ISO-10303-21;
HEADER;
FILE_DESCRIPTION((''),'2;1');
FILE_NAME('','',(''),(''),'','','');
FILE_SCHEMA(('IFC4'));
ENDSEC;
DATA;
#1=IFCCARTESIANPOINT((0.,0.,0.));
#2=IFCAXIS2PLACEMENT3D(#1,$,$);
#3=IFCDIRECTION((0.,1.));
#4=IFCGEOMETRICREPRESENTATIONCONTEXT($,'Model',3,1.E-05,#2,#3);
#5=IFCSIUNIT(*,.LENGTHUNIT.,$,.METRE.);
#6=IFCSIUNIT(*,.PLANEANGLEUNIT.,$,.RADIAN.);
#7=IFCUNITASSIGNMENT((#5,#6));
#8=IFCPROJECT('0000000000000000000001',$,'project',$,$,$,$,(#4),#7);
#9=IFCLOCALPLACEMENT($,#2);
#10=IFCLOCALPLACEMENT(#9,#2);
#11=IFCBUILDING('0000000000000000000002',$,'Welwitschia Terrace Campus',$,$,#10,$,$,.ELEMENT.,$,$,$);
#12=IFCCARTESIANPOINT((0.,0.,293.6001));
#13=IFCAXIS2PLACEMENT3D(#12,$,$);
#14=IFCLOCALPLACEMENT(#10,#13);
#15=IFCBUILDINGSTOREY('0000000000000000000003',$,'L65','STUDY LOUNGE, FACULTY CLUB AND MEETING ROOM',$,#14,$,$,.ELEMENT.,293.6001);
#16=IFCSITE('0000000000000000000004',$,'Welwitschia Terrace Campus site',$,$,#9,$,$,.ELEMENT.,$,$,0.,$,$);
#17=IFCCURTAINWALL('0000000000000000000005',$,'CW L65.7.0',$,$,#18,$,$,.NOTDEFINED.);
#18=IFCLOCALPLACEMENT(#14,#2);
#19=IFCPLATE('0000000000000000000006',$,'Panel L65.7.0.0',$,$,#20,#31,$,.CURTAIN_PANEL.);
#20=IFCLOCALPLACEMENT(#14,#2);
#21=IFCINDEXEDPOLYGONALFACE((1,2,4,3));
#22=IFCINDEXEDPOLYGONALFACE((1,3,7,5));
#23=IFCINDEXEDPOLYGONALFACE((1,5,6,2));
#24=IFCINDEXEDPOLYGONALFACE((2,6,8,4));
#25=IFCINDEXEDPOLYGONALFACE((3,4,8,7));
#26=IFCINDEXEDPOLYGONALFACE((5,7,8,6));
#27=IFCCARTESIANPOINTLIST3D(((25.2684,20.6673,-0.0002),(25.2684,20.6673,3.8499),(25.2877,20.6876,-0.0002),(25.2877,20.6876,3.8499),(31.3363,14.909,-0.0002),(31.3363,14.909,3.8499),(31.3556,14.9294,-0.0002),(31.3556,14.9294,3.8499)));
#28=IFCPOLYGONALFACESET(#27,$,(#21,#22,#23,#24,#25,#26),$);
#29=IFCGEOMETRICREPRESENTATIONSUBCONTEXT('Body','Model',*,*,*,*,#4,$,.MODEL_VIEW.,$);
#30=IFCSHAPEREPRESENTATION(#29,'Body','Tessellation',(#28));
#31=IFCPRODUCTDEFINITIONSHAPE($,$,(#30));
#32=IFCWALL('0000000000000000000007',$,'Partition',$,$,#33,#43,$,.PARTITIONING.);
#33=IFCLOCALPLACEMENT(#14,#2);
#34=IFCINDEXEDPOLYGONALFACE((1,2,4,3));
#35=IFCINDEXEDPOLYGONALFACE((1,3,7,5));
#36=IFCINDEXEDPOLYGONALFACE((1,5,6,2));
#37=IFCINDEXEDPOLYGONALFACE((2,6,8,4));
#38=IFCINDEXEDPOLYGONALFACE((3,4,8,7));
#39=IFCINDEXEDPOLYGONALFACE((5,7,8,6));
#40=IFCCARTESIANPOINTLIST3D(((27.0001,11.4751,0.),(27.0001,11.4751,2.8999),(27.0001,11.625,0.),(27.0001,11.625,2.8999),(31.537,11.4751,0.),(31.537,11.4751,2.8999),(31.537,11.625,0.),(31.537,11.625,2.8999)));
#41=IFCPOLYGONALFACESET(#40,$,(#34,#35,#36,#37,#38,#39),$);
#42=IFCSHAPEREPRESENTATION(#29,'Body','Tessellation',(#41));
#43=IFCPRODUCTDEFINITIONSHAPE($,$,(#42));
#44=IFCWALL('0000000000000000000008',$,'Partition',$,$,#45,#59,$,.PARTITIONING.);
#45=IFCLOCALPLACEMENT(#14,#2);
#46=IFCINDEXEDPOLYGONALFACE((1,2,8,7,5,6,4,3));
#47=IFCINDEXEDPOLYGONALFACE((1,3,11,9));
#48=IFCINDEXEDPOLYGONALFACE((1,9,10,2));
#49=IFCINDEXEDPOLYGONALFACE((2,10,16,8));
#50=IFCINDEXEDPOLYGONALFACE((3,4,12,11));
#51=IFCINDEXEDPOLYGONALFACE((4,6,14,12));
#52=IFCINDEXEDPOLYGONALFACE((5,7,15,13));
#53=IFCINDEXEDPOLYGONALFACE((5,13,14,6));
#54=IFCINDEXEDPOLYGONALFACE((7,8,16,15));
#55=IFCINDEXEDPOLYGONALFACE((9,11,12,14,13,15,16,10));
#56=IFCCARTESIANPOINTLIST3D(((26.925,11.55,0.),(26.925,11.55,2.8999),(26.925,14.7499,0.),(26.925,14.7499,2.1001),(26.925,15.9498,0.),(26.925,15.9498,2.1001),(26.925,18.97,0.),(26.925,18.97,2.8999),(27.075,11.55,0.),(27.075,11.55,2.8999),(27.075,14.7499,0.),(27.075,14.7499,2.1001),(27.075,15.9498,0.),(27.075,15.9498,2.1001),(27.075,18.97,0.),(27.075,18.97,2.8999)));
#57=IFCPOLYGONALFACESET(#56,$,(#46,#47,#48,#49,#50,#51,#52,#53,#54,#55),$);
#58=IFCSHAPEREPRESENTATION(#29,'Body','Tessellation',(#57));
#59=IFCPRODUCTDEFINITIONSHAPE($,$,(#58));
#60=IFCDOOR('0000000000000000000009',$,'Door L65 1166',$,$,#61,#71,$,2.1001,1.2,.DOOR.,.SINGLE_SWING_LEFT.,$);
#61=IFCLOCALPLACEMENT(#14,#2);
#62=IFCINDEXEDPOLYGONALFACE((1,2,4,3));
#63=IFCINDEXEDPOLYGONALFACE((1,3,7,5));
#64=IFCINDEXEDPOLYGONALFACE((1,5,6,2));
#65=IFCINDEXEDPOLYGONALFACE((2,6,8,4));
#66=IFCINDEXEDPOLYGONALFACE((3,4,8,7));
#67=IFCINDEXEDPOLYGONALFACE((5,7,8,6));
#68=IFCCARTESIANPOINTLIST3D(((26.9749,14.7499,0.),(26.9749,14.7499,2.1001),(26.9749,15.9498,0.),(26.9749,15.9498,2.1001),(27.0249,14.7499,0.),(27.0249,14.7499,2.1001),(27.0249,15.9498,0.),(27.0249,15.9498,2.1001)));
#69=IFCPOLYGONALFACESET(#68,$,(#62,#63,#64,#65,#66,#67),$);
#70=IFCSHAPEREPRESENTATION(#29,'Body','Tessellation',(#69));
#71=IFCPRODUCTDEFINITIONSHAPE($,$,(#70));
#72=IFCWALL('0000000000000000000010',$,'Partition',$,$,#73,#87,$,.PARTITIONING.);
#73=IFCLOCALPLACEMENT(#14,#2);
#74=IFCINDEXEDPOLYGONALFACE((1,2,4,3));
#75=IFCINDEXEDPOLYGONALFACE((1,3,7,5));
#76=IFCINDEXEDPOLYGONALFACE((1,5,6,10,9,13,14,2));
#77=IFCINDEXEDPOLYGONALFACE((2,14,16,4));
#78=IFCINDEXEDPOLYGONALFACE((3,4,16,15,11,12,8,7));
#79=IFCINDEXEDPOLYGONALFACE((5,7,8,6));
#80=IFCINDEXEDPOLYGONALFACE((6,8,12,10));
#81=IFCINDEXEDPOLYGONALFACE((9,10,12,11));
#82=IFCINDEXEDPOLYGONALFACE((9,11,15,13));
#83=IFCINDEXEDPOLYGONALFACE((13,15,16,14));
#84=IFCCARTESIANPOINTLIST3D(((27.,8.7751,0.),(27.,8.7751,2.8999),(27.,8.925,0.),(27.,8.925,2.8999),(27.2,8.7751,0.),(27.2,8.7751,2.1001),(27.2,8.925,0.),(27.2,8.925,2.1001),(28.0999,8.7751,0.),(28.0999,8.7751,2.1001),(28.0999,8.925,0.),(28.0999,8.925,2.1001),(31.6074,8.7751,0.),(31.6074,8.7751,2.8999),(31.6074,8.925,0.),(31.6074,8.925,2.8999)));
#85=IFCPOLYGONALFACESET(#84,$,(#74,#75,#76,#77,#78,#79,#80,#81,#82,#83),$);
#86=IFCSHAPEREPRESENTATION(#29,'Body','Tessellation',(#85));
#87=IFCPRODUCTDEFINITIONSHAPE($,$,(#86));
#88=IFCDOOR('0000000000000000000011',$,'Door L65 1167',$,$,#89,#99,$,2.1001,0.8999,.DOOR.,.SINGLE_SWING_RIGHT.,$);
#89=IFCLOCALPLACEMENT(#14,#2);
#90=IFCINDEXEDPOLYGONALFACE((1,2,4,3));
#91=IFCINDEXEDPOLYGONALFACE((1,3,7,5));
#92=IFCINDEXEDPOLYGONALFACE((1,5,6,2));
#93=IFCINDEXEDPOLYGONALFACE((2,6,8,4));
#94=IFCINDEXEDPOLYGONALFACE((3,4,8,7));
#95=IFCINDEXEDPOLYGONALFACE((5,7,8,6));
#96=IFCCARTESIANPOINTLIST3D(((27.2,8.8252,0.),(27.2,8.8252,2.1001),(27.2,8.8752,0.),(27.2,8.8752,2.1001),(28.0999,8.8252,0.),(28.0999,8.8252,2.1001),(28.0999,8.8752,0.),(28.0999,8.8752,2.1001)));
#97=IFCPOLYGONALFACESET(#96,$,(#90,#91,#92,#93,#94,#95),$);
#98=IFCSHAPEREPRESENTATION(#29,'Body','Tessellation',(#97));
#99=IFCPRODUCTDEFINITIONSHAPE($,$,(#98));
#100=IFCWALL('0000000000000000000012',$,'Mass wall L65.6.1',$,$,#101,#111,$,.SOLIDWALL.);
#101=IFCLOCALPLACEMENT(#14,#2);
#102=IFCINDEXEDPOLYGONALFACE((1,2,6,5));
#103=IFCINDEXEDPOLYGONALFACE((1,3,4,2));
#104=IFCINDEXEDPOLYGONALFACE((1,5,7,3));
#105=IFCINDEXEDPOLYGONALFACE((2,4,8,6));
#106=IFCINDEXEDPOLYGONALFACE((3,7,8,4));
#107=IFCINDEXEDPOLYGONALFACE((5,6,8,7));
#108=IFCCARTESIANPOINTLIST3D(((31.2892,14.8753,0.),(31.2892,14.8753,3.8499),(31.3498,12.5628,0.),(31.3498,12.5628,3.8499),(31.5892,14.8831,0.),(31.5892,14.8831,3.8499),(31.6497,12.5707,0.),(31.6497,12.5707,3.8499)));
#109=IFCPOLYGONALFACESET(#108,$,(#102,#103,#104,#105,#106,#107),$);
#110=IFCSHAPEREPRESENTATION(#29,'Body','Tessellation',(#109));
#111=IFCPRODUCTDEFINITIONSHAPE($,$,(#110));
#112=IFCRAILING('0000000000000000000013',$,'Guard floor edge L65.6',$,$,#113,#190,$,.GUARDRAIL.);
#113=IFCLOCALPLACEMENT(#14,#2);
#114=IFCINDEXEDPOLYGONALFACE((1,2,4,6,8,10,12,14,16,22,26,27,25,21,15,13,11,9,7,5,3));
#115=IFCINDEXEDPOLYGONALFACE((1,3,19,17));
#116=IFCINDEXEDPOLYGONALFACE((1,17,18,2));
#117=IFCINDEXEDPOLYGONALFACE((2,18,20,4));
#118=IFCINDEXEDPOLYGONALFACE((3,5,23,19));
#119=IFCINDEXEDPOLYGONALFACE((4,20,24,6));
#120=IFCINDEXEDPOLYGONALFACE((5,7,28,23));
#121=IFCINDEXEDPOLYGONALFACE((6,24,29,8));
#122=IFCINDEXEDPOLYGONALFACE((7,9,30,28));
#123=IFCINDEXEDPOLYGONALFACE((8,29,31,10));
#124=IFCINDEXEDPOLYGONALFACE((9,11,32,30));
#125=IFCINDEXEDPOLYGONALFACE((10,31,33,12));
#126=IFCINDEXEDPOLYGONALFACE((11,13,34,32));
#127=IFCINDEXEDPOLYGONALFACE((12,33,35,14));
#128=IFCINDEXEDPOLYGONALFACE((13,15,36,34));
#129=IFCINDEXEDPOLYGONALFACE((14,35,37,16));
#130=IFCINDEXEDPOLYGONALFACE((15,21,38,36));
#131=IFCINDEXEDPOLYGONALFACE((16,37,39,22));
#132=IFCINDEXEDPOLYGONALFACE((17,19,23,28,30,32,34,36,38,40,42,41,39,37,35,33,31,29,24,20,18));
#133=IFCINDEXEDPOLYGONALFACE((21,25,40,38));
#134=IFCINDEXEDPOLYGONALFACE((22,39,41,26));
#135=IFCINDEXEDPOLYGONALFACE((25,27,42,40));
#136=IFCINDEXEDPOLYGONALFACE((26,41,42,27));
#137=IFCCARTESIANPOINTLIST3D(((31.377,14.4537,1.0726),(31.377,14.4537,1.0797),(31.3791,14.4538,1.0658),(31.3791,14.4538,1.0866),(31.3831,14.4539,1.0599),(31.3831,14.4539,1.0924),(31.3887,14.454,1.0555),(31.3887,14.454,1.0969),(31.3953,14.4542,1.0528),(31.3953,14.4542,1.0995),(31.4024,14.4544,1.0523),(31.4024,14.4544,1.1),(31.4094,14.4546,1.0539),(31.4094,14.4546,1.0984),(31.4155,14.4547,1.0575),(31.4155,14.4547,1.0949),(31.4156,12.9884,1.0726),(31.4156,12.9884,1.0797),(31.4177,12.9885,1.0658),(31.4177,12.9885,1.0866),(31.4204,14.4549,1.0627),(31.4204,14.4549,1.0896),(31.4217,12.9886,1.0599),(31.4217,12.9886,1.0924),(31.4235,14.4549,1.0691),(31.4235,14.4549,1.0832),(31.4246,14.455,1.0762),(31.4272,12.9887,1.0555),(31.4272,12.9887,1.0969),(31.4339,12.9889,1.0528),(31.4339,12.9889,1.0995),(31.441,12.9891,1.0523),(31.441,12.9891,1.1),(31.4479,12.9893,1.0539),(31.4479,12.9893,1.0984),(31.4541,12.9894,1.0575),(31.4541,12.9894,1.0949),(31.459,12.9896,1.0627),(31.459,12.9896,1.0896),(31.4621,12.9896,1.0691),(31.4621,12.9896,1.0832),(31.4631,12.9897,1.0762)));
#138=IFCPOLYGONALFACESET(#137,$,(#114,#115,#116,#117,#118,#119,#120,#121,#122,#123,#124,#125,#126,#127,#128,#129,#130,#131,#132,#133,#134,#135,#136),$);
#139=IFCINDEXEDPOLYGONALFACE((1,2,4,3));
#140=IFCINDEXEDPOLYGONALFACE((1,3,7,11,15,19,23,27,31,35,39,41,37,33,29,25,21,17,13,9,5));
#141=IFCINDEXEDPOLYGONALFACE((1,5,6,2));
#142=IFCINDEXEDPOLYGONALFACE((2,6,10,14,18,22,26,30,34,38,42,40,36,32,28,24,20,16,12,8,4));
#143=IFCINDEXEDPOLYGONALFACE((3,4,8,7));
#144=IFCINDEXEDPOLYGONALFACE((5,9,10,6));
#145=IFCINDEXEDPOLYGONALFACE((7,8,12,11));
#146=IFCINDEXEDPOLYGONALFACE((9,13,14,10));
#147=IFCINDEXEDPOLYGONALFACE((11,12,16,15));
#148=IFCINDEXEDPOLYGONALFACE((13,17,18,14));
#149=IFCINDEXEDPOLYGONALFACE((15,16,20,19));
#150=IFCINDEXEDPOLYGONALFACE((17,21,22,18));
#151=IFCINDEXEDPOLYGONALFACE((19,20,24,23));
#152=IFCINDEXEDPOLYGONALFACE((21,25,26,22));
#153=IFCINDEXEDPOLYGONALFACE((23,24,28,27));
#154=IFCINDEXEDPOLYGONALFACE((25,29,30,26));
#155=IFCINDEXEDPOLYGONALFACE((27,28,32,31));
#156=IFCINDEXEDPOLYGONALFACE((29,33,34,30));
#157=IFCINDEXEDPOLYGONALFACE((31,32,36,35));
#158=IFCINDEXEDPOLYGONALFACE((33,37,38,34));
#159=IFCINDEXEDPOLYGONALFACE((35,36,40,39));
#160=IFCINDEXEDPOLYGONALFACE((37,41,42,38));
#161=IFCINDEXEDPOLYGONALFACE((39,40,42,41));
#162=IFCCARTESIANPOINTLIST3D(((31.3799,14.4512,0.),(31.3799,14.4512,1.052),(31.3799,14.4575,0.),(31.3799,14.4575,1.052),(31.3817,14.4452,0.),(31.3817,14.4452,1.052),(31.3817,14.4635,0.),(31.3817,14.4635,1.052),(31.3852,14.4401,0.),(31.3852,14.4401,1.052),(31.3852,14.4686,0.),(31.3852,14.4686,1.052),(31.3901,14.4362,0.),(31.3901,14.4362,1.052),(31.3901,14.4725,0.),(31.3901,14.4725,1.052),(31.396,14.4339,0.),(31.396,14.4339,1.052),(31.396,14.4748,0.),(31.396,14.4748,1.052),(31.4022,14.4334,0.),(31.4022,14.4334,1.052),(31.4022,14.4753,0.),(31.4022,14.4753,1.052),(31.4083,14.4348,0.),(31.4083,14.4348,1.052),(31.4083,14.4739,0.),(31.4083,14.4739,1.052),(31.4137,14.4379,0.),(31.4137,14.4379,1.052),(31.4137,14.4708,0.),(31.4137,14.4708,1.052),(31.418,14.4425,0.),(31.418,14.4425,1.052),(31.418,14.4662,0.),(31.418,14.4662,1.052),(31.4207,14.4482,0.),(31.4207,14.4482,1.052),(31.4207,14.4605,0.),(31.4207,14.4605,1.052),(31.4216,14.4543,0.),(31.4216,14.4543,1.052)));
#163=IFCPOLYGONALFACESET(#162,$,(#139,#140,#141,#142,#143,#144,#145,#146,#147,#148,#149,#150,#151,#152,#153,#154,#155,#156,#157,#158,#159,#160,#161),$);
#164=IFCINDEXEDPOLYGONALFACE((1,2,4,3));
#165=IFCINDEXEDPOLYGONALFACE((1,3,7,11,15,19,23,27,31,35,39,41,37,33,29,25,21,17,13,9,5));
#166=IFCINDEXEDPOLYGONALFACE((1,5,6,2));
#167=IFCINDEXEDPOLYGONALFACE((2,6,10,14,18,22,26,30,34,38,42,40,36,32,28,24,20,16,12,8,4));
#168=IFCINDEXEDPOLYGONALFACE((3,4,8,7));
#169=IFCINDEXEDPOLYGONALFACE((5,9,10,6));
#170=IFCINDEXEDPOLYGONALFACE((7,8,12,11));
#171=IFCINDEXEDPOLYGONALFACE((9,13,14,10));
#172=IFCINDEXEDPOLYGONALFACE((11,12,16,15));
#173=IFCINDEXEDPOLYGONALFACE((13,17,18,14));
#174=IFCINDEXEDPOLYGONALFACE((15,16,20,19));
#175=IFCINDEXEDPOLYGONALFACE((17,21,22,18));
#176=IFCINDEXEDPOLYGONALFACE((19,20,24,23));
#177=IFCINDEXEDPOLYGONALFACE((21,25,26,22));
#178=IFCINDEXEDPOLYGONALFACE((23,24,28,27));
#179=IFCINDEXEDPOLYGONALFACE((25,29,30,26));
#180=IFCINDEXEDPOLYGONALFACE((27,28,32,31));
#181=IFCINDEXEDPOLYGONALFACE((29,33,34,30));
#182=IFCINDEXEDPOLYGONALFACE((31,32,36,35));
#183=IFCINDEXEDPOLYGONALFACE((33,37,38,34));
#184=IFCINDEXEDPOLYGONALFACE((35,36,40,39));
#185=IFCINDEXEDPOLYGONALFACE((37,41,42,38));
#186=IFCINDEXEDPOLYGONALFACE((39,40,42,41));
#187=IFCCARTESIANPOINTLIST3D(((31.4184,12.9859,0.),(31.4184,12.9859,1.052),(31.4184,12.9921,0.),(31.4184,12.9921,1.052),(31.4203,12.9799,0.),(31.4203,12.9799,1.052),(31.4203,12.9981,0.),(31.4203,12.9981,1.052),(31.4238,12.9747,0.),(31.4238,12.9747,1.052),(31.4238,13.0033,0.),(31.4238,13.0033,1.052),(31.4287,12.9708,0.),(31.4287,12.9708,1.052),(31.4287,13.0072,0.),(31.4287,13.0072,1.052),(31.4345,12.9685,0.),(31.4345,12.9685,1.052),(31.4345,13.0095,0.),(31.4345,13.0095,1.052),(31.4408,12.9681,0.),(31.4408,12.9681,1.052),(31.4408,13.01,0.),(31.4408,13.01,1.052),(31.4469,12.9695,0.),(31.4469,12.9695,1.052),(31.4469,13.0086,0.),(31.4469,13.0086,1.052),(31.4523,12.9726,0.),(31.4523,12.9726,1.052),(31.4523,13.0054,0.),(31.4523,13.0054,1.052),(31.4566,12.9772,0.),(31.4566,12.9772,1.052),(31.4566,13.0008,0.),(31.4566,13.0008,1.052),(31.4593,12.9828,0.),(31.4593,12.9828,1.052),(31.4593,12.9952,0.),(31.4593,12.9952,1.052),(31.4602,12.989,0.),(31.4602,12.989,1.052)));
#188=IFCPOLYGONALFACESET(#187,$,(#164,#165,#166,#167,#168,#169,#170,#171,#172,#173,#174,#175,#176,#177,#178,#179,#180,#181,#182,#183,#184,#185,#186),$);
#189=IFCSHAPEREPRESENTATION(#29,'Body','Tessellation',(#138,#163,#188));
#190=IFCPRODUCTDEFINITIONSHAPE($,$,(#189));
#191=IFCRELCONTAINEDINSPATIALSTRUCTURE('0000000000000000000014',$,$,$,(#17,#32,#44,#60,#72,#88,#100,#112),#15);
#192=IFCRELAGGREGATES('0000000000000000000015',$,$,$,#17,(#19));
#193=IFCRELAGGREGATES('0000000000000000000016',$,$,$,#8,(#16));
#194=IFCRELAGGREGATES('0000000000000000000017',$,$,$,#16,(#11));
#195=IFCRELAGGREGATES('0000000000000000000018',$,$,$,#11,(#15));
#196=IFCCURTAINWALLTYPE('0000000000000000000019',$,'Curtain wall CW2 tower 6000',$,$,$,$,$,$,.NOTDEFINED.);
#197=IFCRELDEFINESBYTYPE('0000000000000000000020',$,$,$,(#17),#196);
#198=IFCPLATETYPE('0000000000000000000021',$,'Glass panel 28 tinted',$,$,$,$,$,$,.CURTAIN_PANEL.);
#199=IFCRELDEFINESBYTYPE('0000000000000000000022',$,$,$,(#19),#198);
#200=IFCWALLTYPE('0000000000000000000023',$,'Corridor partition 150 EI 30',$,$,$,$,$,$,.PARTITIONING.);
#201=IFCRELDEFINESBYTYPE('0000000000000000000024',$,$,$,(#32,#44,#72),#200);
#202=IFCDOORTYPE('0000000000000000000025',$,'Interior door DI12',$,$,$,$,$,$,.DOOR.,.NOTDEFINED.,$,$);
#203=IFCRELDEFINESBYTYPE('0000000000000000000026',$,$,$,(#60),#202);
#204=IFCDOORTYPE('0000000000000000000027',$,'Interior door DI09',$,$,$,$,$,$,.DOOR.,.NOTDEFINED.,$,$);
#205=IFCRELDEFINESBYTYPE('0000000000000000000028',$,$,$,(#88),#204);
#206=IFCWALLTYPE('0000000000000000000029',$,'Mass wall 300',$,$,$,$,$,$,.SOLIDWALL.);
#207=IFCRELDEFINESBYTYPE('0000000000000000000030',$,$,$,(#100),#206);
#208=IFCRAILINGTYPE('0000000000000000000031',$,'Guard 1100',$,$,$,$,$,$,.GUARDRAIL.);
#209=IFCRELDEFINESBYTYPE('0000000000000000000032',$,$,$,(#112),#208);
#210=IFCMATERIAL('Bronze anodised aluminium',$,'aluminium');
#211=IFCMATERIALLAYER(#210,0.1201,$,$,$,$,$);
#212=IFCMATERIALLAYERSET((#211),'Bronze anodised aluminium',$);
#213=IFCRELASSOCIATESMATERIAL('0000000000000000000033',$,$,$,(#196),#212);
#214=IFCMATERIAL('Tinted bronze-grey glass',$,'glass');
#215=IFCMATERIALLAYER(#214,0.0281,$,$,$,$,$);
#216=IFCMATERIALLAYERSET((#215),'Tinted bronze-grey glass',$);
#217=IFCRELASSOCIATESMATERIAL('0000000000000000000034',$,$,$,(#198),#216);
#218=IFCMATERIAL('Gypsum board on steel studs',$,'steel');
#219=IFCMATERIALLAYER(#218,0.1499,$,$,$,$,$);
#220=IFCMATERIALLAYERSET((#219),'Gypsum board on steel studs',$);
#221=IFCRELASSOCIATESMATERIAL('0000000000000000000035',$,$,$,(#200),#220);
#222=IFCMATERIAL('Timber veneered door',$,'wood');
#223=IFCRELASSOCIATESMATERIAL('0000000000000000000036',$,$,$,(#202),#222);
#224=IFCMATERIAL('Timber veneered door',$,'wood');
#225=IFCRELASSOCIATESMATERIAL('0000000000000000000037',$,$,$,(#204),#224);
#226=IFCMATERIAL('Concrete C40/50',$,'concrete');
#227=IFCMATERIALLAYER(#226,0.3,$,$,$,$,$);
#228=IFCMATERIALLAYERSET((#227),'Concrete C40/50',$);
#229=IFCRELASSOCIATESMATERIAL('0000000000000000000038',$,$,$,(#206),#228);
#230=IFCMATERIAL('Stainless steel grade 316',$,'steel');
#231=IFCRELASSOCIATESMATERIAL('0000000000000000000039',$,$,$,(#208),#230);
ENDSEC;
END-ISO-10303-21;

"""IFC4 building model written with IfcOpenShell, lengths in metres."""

from ifc_helpers import new_model, si_unit, direction, frame, frame_2d, origin, origin_2d, place, context, subcontext, project, spatial, rectangle, circle, extrude, material, layer, layer_set, type_object, element, fill, aggregate, save


model = new_model("IFC4")

# Units and contexts
model_context = context("Model", 3, precision=1e-05, world=origin(), true_north=direction((0.0, 1.0)))
body_context = subcontext(model_context, "Body", "Model", "MODEL_VIEW")
ifc_project = project(units=[si_unit("LENGTHUNIT", "METRE"), si_unit("PLANEANGLEUNIT", "RADIAN")], contexts=[model_context])

# Site, building, storey
site_placement = place(None, origin())
site = spatial("IfcSite", under=ifc_project, at=site_placement, Name="Welwitschia Terrace Campus site", CompositionType="ELEMENT", RefElevation=0.0)
building_placement = place(site_placement, origin())
building = spatial("IfcBuilding", under=site, at=building_placement, Name="Welwitschia Terrace Campus", CompositionType="ELEMENT")
storey_placement = place(building_placement, frame((0.0, 0.0, 293.6001)))
storey = spatial("IfcBuildingStorey", under=building, at=storey_placement, Name="L65", Description="STUDY LOUNGE, FACULTY CLUB AND MEETING ROOM", CompositionType="ELEMENT", Elevation=293.6001)

# Curtain wall
ifc_material_1 = material(Name="Bronze anodised aluminium", Category="aluminium")
ifc_layer_1 = layer(ifc_material_1, 0.1201)
ifc_layer_set_1 = layer_set([ifc_layer_1], Name="Bronze anodised aluminium")
curtain_wall_type = type_object("IfcCurtainWallType", Name="Curtain wall CW2 tower 6000", PredefinedType="NOTDEFINED", material=ifc_layer_set_1)
curtain_wall_1_placement = place(storey_placement, origin())
curtain_wall_1 = element("IfcCurtainWall", 1, at=curtain_wall_1_placement, inside=storey, type_object=curtain_wall_type, Name="CW L65.7.0", PredefinedType="NOTDEFINED")

# Plate
ifc_material_2 = material(Name="Tinted bronze-grey glass", Category="glass")
ifc_layer_2 = layer(ifc_material_2, 0.0281)
ifc_layer_set_2 = layer_set([ifc_layer_2], Name="Tinted bronze-grey glass")
plate_type = type_object("IfcPlateType", Name="Glass panel 28 tinted", PredefinedType="CURTAIN_PANEL", material=ifc_layer_set_2)
plate_1_placement = place(storey_placement, frame((28.312, 17.7983, -0.0002), z_axis=(0.0, 0.0, 1.0), x_axis=(-0.725374, 0.688355, 0.0)))
plate_1 = element("IfcPlate", 2, at=plate_1_placement, type_object=plate_type, Name="Panel L65.7.0.0", PredefinedType="CURTAIN_PANEL", context=body_context, shape_type="SweptSolid", body=[
    extrude(rectangle(XDim=8.3652, YDim=0.0281, at=origin_2d()), origin(), (0.0, 0.0, 1.0), 3.8501),
])
aggregate(curtain_wall_1, [plate_1])

# Wall
ifc_material_3 = material(Name="Gypsum board on steel studs", Category="steel")
ifc_layer_3 = layer(ifc_material_3, 0.1499)
ifc_layer_set_3 = layer_set([ifc_layer_3], Name="Gypsum board on steel studs")
wall_type_1 = type_object("IfcWallType", Name="Corridor partition 150 EI 30", PredefinedType="PARTITIONING", material=ifc_layer_set_3)
wall_1_placement = place(storey_placement, frame((27.0, 11.55, 0.0), z_axis=(0.0, 0.0, 1.0), x_axis=(1.0, 0.0, 0.0)))
element("IfcWall", 3, at=wall_1_placement, inside=storey, type_object=wall_type_1, Name="Partition", PredefinedType="PARTITIONING", context=body_context, shape_type="SweptSolid", body=[
    extrude(rectangle(XDim=4.5369, YDim=0.1499, at=frame_2d((2.2686, 0.0))), origin(), (0.0, 0.0, 1.0), 2.8999),
])

# Walls, openings, doors
wall_2_placement = place(storey_placement, frame((27.0, 18.97, 0.0), z_axis=(0.0, 0.0, 1.0), x_axis=(0.0, -1.0, 0.0)))
wall_2 = element("IfcWall", 4, at=wall_2_placement, inside=storey, type_object=wall_type_1, Name="Partition", PredefinedType="PARTITIONING", context=body_context, shape_type="SweptSolid", body=[
    extrude(rectangle(XDim=7.4199, YDim=0.1499, at=frame_2d((3.71, 0.0))), origin(), (0.0, 0.0, 1.0), 2.8999),
])
opening_1_placement = place(wall_2_placement, frame((3.02, 0.0, 0.0)))
opening_1 = element("IfcOpeningElement", 5, at=opening_1_placement, cuts=wall_2, PredefinedType="OPENING", context=body_context, shape_type="SweptSolid", body=[
    extrude(rectangle(XDim=1.2, YDim=2.1001, at=frame_2d((0.6001, 1.05))), frame((0.0, 0.085, 0.0), z_axis=(0.0, -1.0, 0.0), x_axis=(1.0, 0.0, 0.0)), (0.0, 0.0, 1.0), 0.1699),
])
ifc_material_4 = material(Name="Timber veneered door", Category="wood")
door_type_1 = type_object("IfcDoorType", Name="Interior door DI12", OperationType="NOTDEFINED", PredefinedType="DOOR", material=ifc_material_4)
door_1_placement = place(opening_1_placement, origin())
door_1 = element("IfcDoor", 6, at=door_1_placement, inside=storey, type_object=door_type_1, Name="Door L65 1166", OperationType="SINGLE_SWING_LEFT", OverallHeight=2.1001, OverallWidth=1.2, PredefinedType="DOOR", context=body_context, shape_type="SweptSolid", body=[
    extrude(rectangle(XDim=1.2, YDim=2.1001, at=frame_2d((0.6001, 1.05))), frame((0.0, 0.0249, 0.0), z_axis=(0.0, -1.0, 0.0), x_axis=(1.0, 0.0, 0.0)), (0.0, 0.0, 1.0), 0.05),
])
fill(opening_1, door_1)
wall_3_placement = place(storey_placement, frame((31.6074, 8.8501, 0.0), z_axis=(0.0, 0.0, 1.0), x_axis=(-1.0, 0.0, 0.0)))
wall_3 = element("IfcWall", 7, at=wall_3_placement, inside=storey, type_object=wall_type_1, Name="Partition", PredefinedType="PARTITIONING", context=body_context, shape_type="SweptSolid", body=[
    extrude(rectangle(XDim=4.6074, YDim=0.1499, at=frame_2d((2.3037, 0.0))), origin(), (0.0, 0.0, 1.0), 2.8999),
])
opening_2_placement = place(wall_3_placement, frame((3.5076, 0.0, 0.0)))
opening_2 = element("IfcOpeningElement", 8, at=opening_2_placement, cuts=wall_3, PredefinedType="OPENING", context=body_context, shape_type="SweptSolid", body=[
    extrude(rectangle(XDim=0.8999, YDim=2.1001, at=frame_2d((0.45, 1.05))), frame((0.0, 0.085, 0.0), z_axis=(0.0, -1.0, 0.0), x_axis=(1.0, 0.0, 0.0)), (0.0, 0.0, 1.0), 0.1699),
])
ifc_material_5 = material(Name="Timber veneered door", Category="wood")
door_type_2 = type_object("IfcDoorType", Name="Interior door DI09", OperationType="NOTDEFINED", PredefinedType="DOOR", material=ifc_material_5)
door_2_placement = place(opening_2_placement, origin())
door_2 = element("IfcDoor", 9, at=door_2_placement, inside=storey, type_object=door_type_2, Name="Door L65 1167", OperationType="SINGLE_SWING_RIGHT", OverallHeight=2.1001, OverallWidth=0.8999, PredefinedType="DOOR", context=body_context, shape_type="SweptSolid", body=[
    extrude(rectangle(XDim=0.8999, YDim=2.1001, at=frame_2d((0.45, 1.05))), frame((0.0, 0.0249, 0.0), z_axis=(0.0, -1.0, 0.0), x_axis=(1.0, 0.0, 0.0)), (0.0, 0.0, 1.0), 0.05),
])
fill(opening_2, door_2)

# Wall
ifc_material_6 = material(Name="Concrete C40/50", Category="concrete")
ifc_layer_4 = layer(ifc_material_6, 0.3)
ifc_layer_set_4 = layer_set([ifc_layer_4], Name="Concrete C40/50")
wall_type_2 = type_object("IfcWallType", Name="Mass wall 300", PredefinedType="SOLIDWALL", material=ifc_layer_set_4)
wall_4_placement = place(storey_placement, frame((31.4998, 12.5667, 0.0), z_axis=(0.0, 0.0, 1.0), x_axis=(-0.026173, 0.999657, 0.0)))
element("IfcWall", 10, at=wall_4_placement, inside=storey, type_object=wall_type_2, Name="Mass wall L65.6.1", PredefinedType="SOLIDWALL", context=body_context, shape_type="SweptSolid", body=[
    extrude(rectangle(XDim=2.3132, YDim=0.3, at=frame_2d((1.1567, 0.0))), origin(), (0.0, 0.0, 1.0), 3.8499),
])

# Railing
ifc_material_7 = material(Name="Stainless steel grade 316", Category="steel")
railing_type = type_object("IfcRailingType", Name="Guard 1100", PredefinedType="GUARDRAIL", material=ifc_material_7)
railing_1_placement = place(storey_placement, frame((31.4006, 14.4543, 0.0)))
element("IfcRailing", 11, at=railing_1_placement, inside=storey, type_object=railing_type, Name="Guard floor edge L65.6", PredefinedType="GUARDRAIL", context=body_context, shape_type="SweptSolid", body=[
    extrude(circle(Radius=0.0239, at=origin_2d()), frame((0.0, 0.0, 1.0762), z_axis=(0.026315, -0.999654, 0.0), x_axis=(0.999654, 0.026315, 0.0)), (0.0, 0.0, 1.0), 1.4658),
    extrude(circle(Radius=0.021, at=origin_2d()), origin(), (0.0, 0.0, 1.0), 1.052),
    extrude(circle(Radius=0.021, at=origin_2d()), frame((0.0386, -1.4653, 0.0)), (0.0, 0.0, 1.0), 1.052),
])

save(model, "model.ifc")
